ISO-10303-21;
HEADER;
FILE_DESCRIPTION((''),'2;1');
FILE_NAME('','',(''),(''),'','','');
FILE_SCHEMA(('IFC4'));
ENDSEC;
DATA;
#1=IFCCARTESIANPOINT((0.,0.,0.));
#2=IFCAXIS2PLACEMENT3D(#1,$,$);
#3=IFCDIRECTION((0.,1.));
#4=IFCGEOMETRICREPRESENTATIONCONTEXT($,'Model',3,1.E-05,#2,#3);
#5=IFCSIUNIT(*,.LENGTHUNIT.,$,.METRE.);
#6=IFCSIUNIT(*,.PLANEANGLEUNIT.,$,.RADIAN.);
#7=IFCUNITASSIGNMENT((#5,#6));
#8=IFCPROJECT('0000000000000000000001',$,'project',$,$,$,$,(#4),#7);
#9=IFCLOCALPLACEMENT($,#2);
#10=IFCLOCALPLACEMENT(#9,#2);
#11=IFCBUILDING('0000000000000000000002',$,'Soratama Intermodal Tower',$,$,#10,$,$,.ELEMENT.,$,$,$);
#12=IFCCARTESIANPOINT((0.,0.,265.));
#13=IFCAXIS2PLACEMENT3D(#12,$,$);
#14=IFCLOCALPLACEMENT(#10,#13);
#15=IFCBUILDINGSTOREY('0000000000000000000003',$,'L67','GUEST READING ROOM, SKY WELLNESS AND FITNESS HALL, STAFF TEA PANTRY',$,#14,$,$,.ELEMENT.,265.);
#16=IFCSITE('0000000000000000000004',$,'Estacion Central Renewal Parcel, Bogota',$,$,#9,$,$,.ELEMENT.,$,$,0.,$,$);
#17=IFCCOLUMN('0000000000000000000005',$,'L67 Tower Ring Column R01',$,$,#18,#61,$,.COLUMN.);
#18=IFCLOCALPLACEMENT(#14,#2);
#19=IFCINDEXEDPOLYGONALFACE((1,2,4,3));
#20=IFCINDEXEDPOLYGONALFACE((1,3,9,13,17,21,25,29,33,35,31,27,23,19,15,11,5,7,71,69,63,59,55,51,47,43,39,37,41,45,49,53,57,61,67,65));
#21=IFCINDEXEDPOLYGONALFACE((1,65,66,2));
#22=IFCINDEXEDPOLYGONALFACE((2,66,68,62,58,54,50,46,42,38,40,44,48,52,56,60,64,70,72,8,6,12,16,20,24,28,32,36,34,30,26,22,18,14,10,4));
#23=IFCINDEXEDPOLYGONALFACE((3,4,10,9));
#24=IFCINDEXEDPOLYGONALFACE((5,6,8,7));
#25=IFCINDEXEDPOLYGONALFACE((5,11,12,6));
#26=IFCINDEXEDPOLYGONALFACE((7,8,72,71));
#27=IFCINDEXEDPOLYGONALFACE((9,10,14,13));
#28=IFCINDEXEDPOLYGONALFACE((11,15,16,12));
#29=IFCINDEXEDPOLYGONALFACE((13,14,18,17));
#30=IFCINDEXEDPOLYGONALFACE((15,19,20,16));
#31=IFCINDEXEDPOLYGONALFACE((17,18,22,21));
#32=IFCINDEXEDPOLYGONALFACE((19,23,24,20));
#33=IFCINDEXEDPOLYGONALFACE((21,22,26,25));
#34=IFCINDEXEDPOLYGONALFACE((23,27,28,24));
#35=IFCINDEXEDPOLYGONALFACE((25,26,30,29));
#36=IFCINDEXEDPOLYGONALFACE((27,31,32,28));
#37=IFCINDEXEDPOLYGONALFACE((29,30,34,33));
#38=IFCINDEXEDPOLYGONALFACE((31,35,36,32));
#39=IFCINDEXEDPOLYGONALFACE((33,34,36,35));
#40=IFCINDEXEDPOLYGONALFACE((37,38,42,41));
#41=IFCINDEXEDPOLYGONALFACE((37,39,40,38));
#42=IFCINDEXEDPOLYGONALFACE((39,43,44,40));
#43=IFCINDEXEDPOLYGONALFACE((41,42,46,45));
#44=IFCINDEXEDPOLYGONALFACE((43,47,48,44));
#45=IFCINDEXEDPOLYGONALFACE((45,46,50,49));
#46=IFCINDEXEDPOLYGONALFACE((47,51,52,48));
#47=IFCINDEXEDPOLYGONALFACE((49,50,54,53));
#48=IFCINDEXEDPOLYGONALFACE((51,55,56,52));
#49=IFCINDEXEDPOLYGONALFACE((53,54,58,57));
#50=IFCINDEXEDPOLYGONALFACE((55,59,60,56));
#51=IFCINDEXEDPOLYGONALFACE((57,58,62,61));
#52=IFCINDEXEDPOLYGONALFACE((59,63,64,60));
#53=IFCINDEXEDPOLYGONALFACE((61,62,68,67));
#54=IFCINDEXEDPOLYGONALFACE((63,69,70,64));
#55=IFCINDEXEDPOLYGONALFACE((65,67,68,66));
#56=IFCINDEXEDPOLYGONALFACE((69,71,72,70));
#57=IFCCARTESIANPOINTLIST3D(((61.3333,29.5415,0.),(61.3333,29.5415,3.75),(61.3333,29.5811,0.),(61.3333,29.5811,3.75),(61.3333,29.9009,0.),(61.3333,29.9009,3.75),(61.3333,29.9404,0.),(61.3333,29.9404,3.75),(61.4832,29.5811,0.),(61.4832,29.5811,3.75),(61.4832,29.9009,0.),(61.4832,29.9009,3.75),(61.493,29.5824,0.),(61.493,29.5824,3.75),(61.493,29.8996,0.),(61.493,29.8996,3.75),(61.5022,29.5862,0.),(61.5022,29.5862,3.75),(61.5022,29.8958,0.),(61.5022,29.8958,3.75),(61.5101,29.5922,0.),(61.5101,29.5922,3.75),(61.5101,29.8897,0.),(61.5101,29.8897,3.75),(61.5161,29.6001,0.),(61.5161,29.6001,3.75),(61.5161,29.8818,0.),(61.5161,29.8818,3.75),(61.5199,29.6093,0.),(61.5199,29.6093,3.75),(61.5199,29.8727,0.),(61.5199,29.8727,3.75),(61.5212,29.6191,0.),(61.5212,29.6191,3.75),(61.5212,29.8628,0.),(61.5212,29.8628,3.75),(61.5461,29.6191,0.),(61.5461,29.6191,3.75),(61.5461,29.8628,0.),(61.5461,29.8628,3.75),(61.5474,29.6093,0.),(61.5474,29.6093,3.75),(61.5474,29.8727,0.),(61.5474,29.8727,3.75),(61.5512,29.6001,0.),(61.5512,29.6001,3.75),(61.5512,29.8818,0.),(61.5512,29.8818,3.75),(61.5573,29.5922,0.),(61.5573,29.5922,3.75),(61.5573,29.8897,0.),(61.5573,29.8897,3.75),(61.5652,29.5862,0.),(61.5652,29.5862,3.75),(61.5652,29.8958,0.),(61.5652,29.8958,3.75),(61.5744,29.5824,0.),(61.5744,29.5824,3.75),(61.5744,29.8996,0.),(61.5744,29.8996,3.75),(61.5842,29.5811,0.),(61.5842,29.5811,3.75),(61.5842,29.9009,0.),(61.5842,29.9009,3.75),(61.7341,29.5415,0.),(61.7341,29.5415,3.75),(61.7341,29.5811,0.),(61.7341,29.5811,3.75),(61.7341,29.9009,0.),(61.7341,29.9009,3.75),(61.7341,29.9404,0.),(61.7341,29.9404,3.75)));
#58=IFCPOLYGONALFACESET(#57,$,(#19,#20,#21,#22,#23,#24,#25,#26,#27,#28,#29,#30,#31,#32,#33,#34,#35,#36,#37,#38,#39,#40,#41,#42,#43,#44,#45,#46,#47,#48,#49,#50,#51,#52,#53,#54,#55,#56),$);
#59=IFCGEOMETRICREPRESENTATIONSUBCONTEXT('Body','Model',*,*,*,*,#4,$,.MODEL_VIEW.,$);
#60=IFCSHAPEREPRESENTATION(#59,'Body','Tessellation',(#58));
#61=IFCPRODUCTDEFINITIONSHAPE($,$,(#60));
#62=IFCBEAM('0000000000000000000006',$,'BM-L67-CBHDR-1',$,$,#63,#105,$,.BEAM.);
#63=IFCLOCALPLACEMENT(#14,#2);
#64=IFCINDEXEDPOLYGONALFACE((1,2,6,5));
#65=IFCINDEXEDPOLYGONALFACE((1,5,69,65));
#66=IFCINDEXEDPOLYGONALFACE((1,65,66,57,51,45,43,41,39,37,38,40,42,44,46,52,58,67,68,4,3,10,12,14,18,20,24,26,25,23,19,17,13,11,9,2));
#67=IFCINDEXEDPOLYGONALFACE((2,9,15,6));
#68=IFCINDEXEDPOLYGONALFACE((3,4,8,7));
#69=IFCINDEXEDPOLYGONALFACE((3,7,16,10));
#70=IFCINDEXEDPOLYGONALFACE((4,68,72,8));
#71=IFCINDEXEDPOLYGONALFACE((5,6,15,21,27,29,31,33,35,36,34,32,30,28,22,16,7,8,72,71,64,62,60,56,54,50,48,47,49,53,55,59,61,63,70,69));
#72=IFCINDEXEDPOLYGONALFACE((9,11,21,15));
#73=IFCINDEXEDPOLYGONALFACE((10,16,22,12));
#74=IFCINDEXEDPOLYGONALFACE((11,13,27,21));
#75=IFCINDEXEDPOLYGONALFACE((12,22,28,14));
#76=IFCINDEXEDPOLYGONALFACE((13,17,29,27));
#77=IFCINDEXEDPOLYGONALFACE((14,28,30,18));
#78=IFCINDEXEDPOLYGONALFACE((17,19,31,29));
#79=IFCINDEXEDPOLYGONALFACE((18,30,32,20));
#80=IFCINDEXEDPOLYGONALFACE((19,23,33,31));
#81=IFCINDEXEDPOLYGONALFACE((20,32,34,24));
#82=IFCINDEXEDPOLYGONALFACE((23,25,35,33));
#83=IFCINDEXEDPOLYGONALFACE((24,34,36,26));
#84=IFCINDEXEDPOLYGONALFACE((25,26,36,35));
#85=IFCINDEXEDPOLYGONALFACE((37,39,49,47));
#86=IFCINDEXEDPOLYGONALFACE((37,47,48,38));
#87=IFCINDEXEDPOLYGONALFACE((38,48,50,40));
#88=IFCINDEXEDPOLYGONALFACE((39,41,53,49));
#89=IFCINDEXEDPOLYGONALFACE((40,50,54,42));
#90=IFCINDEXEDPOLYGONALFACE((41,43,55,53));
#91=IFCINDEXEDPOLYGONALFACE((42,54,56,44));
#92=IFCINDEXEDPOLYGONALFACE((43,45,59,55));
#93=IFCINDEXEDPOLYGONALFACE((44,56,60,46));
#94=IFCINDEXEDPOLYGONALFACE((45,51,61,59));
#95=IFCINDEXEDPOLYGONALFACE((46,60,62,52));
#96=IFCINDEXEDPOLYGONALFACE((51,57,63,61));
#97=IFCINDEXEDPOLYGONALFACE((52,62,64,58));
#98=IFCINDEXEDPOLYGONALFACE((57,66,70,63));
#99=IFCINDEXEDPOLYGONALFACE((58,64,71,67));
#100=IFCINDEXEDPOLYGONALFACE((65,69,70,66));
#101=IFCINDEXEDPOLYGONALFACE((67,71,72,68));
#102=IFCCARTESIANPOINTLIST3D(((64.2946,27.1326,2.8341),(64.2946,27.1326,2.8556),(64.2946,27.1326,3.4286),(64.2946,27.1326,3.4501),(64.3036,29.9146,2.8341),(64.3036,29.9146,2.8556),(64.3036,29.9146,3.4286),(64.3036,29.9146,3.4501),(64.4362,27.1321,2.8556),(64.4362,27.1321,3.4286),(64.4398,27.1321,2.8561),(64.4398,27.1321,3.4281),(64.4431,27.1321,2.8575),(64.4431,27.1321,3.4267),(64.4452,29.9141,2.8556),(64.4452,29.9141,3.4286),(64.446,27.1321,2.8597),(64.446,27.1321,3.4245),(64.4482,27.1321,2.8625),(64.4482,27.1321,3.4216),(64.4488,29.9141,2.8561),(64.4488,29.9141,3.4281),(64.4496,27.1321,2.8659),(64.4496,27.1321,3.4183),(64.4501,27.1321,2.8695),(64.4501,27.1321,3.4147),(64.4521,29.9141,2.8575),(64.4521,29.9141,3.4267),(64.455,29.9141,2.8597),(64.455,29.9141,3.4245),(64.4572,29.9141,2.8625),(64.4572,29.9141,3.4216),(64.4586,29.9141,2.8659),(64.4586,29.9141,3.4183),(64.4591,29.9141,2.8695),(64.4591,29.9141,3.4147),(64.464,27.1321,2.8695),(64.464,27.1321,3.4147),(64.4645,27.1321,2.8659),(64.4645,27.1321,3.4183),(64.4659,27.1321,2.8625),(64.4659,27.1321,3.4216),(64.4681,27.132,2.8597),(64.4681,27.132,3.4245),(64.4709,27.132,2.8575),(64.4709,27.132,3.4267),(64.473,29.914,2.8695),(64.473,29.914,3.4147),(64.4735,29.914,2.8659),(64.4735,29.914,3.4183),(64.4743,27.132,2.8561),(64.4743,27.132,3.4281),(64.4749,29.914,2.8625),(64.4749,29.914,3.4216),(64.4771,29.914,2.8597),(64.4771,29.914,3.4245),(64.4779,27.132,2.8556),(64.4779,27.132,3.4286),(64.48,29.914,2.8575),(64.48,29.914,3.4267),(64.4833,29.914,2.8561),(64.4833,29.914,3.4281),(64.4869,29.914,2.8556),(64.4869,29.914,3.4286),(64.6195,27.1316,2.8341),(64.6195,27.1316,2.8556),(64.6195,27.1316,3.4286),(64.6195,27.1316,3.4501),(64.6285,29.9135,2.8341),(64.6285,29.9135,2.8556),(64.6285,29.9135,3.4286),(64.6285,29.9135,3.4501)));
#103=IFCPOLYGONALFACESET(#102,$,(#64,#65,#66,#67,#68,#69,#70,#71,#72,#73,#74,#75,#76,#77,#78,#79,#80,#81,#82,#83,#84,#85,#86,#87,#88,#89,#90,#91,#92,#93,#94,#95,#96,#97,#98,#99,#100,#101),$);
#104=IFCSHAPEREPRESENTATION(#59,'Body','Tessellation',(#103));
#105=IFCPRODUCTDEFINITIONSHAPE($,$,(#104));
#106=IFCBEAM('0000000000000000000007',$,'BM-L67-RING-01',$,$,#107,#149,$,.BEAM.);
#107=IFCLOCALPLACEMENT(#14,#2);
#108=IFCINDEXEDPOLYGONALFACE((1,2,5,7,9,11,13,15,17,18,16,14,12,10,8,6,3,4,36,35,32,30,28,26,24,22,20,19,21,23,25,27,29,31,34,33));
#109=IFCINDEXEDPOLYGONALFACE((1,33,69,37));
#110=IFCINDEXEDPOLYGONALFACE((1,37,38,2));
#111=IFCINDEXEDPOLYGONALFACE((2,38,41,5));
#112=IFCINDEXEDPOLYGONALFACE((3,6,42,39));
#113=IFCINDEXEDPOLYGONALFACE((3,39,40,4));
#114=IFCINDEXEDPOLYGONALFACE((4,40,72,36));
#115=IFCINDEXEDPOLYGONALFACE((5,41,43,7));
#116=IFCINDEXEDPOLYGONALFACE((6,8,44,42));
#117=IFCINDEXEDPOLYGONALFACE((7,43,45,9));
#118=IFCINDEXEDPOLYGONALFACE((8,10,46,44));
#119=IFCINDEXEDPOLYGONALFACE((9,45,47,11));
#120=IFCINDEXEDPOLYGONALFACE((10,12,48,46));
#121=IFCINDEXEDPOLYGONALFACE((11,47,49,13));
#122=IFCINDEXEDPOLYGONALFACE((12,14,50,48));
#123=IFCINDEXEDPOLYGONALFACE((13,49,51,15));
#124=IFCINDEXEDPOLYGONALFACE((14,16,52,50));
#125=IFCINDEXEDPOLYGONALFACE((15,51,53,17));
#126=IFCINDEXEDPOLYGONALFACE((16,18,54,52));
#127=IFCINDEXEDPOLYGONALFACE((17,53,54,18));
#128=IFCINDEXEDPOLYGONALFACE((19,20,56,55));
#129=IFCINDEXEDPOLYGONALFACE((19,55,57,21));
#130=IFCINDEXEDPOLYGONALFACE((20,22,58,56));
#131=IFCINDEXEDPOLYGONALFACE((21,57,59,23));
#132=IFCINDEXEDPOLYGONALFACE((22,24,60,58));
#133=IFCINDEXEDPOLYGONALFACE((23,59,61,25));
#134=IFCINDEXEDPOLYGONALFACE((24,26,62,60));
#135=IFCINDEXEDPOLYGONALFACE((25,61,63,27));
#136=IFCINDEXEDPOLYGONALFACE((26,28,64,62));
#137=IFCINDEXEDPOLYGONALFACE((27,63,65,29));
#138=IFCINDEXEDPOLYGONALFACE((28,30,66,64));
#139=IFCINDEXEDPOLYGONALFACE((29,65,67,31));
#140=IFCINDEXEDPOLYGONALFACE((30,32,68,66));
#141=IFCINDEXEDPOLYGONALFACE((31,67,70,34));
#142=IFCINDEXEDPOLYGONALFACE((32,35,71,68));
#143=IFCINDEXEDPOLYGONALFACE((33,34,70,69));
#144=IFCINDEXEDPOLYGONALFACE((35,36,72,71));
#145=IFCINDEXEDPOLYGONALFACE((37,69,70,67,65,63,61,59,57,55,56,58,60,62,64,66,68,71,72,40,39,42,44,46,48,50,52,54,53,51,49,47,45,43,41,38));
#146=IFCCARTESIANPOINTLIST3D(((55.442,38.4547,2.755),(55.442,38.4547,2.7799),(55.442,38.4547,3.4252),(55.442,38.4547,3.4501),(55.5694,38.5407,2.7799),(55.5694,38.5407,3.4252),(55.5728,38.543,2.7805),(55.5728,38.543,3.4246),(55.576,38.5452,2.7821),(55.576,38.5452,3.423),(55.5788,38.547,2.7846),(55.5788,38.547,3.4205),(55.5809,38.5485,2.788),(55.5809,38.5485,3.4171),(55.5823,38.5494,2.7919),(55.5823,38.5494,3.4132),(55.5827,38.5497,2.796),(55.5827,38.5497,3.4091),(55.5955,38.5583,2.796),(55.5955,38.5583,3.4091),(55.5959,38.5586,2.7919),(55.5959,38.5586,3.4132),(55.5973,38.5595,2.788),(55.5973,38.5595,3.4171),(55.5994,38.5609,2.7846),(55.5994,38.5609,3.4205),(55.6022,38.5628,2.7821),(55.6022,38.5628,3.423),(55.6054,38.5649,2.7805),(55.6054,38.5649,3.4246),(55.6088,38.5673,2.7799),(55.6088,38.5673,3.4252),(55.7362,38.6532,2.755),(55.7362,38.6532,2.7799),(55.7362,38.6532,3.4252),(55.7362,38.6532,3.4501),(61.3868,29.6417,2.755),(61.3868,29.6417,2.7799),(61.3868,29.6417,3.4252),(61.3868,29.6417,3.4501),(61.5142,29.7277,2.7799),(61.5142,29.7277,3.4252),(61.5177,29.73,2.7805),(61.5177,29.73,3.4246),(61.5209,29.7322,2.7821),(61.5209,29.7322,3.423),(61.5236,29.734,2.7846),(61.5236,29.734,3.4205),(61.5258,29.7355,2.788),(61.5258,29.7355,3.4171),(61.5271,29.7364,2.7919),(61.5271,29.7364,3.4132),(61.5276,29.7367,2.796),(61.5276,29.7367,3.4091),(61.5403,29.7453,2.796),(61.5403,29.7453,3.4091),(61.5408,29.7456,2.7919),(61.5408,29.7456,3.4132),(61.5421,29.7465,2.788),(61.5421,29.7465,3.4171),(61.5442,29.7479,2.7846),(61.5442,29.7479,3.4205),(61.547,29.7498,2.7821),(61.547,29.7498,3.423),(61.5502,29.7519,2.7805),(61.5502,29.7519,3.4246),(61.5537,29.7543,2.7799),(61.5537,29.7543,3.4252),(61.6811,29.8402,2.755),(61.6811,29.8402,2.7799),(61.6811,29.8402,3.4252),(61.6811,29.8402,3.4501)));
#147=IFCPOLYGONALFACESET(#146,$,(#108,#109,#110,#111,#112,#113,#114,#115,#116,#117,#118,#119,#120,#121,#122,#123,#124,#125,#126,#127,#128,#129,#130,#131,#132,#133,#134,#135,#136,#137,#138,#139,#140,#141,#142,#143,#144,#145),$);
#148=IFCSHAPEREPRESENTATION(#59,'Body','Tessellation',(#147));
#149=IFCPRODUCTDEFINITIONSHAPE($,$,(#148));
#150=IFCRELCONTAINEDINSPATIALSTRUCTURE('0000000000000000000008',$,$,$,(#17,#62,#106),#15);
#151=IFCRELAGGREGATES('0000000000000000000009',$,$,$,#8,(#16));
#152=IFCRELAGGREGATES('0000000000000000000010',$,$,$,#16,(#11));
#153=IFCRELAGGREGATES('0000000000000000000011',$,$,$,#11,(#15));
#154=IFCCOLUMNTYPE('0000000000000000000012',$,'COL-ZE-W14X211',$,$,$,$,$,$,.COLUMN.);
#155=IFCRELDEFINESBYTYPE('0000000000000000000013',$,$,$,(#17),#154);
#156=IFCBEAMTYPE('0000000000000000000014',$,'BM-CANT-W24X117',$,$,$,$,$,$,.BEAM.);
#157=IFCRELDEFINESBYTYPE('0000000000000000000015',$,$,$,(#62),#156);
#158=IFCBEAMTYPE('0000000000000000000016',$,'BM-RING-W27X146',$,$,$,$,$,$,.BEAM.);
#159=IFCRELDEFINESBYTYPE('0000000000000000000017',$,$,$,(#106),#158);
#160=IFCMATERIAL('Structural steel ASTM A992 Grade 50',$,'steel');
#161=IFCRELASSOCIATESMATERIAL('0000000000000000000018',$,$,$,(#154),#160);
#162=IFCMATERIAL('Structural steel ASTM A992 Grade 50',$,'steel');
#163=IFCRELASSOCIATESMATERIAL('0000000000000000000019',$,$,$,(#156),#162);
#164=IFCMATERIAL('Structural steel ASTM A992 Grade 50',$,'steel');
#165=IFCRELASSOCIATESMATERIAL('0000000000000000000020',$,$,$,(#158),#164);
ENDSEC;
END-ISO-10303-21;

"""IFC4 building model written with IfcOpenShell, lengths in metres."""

from ifc_helpers import new_model, si_unit, direction, frame, origin, origin_2d, place, context, subcontext, project, spatial, i_section, extrude, material, material_profile, profile_set, type_object, element, save


model = new_model("IFC4")

# Units and contexts
model_context = context("Model", 3, precision=1e-05, world=origin(), true_north=direction((0.0, 1.0)))
body_context = subcontext(model_context, "Body", "Model", "MODEL_VIEW")
ifc_project = project(units=[si_unit("LENGTHUNIT", "METRE"), si_unit("PLANEANGLEUNIT", "RADIAN")], contexts=[model_context])

# Site, building, storey
site_placement = place(None, origin())
site = spatial("IfcSite", under=ifc_project, at=site_placement, Name="Estacion Central Renewal Parcel, Bogota", CompositionType="ELEMENT", RefElevation=0.0)
building_placement = place(site_placement, origin())
building = spatial("IfcBuilding", under=site, at=building_placement, Name="Soratama Intermodal Tower", CompositionType="ELEMENT")
storey_placement = place(building_placement, frame((0.0, 0.0, 265.0)))
storey = spatial("IfcBuildingStorey", under=building, at=storey_placement, Name="L67", Description="GUEST READING ROOM, SKY WELLNESS AND FITNESS HALL, STAFF TEA PANTRY", CompositionType="ELEMENT", Elevation=265.0)

# Column
ifc_material_1 = material(Name="Structural steel ASTM A992 Grade 50", Category="steel")
ifc_material_profile_1 = material_profile(ifc_material_1, i_section(OverallWidth=0.4009, OverallDepth=0.3989, WebThickness=0.0249, FlangeThickness=0.0396, FilletRadius=0.0381, at=origin_2d()), Name="W14X211")
ifc_profile_set_1 = profile_set([ifc_material_profile_1], Name="Structural steel ASTM A992 Grade 50")
column_type = type_object("IfcColumnType", Name="COL-ZE-W14X211", PredefinedType="COLUMN", material=ifc_profile_set_1)
column_placement = place(storey_placement, frame((61.5337, 29.741, 0.0), z_axis=(0.0, 0.0, 1.0), x_axis=(1.0, 0.0, 0.0)))
element("IfcColumn", 1, at=column_placement, inside=storey, type_object=column_type, Name="L67 Tower Ring Column R01", PredefinedType="COLUMN", context=body_context, shape_type="SweptSolid", body=[
    extrude(i_section(OverallWidth=0.4009, OverallDepth=0.3989, WebThickness=0.0249, FlangeThickness=0.0396, FilletRadius=0.0381, at=origin_2d()), origin(), (0.0, 0.0, 1.0), 3.75),
])

# Beams
ifc_material_2 = material(Name="Structural steel ASTM A992 Grade 50", Category="steel")
ifc_material_profile_2 = material_profile(ifc_material_2, i_section(OverallWidth=0.325, OverallDepth=0.616, WebThickness=0.0139, FlangeThickness=0.0215, FilletRadius=0.0139, at=origin_2d()), Name="W24X117")
ifc_profile_set_2 = profile_set([ifc_material_profile_2], Name="Structural steel ASTM A992 Grade 50")
beam_type_1 = type_object("IfcBeamType", Name="BM-CANT-W24X117", PredefinedType="BEAM", material=ifc_profile_set_2)
beam_1_placement = place(storey_placement, frame((64.457, 27.1321, 3.1421), z_axis=(0.003247, 0.999995, 0.0), x_axis=(-0.999995, 0.003247, 0.0)))
element("IfcBeam", 2, at=beam_1_placement, inside=storey, type_object=beam_type_1, Name="BM-L67-CBHDR-1", PredefinedType="BEAM", context=body_context, shape_type="SweptSolid", body=[
    extrude(i_section(OverallWidth=0.325, OverallDepth=0.616, WebThickness=0.0139, FlangeThickness=0.0215, FilletRadius=0.0139, at=origin_2d()), origin(), (0.0, 0.0, 1.0), 2.782),
])
ifc_material_3 = material(Name="Structural steel ASTM A992 Grade 50", Category="steel")
ifc_material_profile_3 = material_profile(ifc_material_3, i_section(OverallWidth=0.355, OverallDepth=0.6951, WebThickness=0.0154, FlangeThickness=0.0249, FilletRadius=0.0161, at=origin_2d()), Name="W27X146")
ifc_profile_set_3 = profile_set([ifc_material_profile_3], Name="Structural steel ASTM A992 Grade 50")
beam_type_2 = type_object("IfcBeamType", Name="BM-RING-W27X146", PredefinedType="BEAM", material=ifc_profile_set_3)
beam_2_placement = place(storey_placement, frame((61.5339, 29.741, 3.1025), z_axis=(-0.559218, 0.829021, 0.0), x_axis=(-0.829021, -0.559218, 0.0)))
element("IfcBeam", 3, at=beam_2_placement, inside=storey, type_object=beam_type_2, Name="BM-L67-RING-01", PredefinedType="BEAM", context=body_context, shape_type="SweptSolid", body=[
    extrude(i_section(OverallWidth=0.355, OverallDepth=0.6951, WebThickness=0.0154, FlangeThickness=0.0249, FilletRadius=0.0161, at=origin_2d()), origin(), (0.0, 0.0, 1.0), 10.6306),
])

save(model, "model.ifc")
